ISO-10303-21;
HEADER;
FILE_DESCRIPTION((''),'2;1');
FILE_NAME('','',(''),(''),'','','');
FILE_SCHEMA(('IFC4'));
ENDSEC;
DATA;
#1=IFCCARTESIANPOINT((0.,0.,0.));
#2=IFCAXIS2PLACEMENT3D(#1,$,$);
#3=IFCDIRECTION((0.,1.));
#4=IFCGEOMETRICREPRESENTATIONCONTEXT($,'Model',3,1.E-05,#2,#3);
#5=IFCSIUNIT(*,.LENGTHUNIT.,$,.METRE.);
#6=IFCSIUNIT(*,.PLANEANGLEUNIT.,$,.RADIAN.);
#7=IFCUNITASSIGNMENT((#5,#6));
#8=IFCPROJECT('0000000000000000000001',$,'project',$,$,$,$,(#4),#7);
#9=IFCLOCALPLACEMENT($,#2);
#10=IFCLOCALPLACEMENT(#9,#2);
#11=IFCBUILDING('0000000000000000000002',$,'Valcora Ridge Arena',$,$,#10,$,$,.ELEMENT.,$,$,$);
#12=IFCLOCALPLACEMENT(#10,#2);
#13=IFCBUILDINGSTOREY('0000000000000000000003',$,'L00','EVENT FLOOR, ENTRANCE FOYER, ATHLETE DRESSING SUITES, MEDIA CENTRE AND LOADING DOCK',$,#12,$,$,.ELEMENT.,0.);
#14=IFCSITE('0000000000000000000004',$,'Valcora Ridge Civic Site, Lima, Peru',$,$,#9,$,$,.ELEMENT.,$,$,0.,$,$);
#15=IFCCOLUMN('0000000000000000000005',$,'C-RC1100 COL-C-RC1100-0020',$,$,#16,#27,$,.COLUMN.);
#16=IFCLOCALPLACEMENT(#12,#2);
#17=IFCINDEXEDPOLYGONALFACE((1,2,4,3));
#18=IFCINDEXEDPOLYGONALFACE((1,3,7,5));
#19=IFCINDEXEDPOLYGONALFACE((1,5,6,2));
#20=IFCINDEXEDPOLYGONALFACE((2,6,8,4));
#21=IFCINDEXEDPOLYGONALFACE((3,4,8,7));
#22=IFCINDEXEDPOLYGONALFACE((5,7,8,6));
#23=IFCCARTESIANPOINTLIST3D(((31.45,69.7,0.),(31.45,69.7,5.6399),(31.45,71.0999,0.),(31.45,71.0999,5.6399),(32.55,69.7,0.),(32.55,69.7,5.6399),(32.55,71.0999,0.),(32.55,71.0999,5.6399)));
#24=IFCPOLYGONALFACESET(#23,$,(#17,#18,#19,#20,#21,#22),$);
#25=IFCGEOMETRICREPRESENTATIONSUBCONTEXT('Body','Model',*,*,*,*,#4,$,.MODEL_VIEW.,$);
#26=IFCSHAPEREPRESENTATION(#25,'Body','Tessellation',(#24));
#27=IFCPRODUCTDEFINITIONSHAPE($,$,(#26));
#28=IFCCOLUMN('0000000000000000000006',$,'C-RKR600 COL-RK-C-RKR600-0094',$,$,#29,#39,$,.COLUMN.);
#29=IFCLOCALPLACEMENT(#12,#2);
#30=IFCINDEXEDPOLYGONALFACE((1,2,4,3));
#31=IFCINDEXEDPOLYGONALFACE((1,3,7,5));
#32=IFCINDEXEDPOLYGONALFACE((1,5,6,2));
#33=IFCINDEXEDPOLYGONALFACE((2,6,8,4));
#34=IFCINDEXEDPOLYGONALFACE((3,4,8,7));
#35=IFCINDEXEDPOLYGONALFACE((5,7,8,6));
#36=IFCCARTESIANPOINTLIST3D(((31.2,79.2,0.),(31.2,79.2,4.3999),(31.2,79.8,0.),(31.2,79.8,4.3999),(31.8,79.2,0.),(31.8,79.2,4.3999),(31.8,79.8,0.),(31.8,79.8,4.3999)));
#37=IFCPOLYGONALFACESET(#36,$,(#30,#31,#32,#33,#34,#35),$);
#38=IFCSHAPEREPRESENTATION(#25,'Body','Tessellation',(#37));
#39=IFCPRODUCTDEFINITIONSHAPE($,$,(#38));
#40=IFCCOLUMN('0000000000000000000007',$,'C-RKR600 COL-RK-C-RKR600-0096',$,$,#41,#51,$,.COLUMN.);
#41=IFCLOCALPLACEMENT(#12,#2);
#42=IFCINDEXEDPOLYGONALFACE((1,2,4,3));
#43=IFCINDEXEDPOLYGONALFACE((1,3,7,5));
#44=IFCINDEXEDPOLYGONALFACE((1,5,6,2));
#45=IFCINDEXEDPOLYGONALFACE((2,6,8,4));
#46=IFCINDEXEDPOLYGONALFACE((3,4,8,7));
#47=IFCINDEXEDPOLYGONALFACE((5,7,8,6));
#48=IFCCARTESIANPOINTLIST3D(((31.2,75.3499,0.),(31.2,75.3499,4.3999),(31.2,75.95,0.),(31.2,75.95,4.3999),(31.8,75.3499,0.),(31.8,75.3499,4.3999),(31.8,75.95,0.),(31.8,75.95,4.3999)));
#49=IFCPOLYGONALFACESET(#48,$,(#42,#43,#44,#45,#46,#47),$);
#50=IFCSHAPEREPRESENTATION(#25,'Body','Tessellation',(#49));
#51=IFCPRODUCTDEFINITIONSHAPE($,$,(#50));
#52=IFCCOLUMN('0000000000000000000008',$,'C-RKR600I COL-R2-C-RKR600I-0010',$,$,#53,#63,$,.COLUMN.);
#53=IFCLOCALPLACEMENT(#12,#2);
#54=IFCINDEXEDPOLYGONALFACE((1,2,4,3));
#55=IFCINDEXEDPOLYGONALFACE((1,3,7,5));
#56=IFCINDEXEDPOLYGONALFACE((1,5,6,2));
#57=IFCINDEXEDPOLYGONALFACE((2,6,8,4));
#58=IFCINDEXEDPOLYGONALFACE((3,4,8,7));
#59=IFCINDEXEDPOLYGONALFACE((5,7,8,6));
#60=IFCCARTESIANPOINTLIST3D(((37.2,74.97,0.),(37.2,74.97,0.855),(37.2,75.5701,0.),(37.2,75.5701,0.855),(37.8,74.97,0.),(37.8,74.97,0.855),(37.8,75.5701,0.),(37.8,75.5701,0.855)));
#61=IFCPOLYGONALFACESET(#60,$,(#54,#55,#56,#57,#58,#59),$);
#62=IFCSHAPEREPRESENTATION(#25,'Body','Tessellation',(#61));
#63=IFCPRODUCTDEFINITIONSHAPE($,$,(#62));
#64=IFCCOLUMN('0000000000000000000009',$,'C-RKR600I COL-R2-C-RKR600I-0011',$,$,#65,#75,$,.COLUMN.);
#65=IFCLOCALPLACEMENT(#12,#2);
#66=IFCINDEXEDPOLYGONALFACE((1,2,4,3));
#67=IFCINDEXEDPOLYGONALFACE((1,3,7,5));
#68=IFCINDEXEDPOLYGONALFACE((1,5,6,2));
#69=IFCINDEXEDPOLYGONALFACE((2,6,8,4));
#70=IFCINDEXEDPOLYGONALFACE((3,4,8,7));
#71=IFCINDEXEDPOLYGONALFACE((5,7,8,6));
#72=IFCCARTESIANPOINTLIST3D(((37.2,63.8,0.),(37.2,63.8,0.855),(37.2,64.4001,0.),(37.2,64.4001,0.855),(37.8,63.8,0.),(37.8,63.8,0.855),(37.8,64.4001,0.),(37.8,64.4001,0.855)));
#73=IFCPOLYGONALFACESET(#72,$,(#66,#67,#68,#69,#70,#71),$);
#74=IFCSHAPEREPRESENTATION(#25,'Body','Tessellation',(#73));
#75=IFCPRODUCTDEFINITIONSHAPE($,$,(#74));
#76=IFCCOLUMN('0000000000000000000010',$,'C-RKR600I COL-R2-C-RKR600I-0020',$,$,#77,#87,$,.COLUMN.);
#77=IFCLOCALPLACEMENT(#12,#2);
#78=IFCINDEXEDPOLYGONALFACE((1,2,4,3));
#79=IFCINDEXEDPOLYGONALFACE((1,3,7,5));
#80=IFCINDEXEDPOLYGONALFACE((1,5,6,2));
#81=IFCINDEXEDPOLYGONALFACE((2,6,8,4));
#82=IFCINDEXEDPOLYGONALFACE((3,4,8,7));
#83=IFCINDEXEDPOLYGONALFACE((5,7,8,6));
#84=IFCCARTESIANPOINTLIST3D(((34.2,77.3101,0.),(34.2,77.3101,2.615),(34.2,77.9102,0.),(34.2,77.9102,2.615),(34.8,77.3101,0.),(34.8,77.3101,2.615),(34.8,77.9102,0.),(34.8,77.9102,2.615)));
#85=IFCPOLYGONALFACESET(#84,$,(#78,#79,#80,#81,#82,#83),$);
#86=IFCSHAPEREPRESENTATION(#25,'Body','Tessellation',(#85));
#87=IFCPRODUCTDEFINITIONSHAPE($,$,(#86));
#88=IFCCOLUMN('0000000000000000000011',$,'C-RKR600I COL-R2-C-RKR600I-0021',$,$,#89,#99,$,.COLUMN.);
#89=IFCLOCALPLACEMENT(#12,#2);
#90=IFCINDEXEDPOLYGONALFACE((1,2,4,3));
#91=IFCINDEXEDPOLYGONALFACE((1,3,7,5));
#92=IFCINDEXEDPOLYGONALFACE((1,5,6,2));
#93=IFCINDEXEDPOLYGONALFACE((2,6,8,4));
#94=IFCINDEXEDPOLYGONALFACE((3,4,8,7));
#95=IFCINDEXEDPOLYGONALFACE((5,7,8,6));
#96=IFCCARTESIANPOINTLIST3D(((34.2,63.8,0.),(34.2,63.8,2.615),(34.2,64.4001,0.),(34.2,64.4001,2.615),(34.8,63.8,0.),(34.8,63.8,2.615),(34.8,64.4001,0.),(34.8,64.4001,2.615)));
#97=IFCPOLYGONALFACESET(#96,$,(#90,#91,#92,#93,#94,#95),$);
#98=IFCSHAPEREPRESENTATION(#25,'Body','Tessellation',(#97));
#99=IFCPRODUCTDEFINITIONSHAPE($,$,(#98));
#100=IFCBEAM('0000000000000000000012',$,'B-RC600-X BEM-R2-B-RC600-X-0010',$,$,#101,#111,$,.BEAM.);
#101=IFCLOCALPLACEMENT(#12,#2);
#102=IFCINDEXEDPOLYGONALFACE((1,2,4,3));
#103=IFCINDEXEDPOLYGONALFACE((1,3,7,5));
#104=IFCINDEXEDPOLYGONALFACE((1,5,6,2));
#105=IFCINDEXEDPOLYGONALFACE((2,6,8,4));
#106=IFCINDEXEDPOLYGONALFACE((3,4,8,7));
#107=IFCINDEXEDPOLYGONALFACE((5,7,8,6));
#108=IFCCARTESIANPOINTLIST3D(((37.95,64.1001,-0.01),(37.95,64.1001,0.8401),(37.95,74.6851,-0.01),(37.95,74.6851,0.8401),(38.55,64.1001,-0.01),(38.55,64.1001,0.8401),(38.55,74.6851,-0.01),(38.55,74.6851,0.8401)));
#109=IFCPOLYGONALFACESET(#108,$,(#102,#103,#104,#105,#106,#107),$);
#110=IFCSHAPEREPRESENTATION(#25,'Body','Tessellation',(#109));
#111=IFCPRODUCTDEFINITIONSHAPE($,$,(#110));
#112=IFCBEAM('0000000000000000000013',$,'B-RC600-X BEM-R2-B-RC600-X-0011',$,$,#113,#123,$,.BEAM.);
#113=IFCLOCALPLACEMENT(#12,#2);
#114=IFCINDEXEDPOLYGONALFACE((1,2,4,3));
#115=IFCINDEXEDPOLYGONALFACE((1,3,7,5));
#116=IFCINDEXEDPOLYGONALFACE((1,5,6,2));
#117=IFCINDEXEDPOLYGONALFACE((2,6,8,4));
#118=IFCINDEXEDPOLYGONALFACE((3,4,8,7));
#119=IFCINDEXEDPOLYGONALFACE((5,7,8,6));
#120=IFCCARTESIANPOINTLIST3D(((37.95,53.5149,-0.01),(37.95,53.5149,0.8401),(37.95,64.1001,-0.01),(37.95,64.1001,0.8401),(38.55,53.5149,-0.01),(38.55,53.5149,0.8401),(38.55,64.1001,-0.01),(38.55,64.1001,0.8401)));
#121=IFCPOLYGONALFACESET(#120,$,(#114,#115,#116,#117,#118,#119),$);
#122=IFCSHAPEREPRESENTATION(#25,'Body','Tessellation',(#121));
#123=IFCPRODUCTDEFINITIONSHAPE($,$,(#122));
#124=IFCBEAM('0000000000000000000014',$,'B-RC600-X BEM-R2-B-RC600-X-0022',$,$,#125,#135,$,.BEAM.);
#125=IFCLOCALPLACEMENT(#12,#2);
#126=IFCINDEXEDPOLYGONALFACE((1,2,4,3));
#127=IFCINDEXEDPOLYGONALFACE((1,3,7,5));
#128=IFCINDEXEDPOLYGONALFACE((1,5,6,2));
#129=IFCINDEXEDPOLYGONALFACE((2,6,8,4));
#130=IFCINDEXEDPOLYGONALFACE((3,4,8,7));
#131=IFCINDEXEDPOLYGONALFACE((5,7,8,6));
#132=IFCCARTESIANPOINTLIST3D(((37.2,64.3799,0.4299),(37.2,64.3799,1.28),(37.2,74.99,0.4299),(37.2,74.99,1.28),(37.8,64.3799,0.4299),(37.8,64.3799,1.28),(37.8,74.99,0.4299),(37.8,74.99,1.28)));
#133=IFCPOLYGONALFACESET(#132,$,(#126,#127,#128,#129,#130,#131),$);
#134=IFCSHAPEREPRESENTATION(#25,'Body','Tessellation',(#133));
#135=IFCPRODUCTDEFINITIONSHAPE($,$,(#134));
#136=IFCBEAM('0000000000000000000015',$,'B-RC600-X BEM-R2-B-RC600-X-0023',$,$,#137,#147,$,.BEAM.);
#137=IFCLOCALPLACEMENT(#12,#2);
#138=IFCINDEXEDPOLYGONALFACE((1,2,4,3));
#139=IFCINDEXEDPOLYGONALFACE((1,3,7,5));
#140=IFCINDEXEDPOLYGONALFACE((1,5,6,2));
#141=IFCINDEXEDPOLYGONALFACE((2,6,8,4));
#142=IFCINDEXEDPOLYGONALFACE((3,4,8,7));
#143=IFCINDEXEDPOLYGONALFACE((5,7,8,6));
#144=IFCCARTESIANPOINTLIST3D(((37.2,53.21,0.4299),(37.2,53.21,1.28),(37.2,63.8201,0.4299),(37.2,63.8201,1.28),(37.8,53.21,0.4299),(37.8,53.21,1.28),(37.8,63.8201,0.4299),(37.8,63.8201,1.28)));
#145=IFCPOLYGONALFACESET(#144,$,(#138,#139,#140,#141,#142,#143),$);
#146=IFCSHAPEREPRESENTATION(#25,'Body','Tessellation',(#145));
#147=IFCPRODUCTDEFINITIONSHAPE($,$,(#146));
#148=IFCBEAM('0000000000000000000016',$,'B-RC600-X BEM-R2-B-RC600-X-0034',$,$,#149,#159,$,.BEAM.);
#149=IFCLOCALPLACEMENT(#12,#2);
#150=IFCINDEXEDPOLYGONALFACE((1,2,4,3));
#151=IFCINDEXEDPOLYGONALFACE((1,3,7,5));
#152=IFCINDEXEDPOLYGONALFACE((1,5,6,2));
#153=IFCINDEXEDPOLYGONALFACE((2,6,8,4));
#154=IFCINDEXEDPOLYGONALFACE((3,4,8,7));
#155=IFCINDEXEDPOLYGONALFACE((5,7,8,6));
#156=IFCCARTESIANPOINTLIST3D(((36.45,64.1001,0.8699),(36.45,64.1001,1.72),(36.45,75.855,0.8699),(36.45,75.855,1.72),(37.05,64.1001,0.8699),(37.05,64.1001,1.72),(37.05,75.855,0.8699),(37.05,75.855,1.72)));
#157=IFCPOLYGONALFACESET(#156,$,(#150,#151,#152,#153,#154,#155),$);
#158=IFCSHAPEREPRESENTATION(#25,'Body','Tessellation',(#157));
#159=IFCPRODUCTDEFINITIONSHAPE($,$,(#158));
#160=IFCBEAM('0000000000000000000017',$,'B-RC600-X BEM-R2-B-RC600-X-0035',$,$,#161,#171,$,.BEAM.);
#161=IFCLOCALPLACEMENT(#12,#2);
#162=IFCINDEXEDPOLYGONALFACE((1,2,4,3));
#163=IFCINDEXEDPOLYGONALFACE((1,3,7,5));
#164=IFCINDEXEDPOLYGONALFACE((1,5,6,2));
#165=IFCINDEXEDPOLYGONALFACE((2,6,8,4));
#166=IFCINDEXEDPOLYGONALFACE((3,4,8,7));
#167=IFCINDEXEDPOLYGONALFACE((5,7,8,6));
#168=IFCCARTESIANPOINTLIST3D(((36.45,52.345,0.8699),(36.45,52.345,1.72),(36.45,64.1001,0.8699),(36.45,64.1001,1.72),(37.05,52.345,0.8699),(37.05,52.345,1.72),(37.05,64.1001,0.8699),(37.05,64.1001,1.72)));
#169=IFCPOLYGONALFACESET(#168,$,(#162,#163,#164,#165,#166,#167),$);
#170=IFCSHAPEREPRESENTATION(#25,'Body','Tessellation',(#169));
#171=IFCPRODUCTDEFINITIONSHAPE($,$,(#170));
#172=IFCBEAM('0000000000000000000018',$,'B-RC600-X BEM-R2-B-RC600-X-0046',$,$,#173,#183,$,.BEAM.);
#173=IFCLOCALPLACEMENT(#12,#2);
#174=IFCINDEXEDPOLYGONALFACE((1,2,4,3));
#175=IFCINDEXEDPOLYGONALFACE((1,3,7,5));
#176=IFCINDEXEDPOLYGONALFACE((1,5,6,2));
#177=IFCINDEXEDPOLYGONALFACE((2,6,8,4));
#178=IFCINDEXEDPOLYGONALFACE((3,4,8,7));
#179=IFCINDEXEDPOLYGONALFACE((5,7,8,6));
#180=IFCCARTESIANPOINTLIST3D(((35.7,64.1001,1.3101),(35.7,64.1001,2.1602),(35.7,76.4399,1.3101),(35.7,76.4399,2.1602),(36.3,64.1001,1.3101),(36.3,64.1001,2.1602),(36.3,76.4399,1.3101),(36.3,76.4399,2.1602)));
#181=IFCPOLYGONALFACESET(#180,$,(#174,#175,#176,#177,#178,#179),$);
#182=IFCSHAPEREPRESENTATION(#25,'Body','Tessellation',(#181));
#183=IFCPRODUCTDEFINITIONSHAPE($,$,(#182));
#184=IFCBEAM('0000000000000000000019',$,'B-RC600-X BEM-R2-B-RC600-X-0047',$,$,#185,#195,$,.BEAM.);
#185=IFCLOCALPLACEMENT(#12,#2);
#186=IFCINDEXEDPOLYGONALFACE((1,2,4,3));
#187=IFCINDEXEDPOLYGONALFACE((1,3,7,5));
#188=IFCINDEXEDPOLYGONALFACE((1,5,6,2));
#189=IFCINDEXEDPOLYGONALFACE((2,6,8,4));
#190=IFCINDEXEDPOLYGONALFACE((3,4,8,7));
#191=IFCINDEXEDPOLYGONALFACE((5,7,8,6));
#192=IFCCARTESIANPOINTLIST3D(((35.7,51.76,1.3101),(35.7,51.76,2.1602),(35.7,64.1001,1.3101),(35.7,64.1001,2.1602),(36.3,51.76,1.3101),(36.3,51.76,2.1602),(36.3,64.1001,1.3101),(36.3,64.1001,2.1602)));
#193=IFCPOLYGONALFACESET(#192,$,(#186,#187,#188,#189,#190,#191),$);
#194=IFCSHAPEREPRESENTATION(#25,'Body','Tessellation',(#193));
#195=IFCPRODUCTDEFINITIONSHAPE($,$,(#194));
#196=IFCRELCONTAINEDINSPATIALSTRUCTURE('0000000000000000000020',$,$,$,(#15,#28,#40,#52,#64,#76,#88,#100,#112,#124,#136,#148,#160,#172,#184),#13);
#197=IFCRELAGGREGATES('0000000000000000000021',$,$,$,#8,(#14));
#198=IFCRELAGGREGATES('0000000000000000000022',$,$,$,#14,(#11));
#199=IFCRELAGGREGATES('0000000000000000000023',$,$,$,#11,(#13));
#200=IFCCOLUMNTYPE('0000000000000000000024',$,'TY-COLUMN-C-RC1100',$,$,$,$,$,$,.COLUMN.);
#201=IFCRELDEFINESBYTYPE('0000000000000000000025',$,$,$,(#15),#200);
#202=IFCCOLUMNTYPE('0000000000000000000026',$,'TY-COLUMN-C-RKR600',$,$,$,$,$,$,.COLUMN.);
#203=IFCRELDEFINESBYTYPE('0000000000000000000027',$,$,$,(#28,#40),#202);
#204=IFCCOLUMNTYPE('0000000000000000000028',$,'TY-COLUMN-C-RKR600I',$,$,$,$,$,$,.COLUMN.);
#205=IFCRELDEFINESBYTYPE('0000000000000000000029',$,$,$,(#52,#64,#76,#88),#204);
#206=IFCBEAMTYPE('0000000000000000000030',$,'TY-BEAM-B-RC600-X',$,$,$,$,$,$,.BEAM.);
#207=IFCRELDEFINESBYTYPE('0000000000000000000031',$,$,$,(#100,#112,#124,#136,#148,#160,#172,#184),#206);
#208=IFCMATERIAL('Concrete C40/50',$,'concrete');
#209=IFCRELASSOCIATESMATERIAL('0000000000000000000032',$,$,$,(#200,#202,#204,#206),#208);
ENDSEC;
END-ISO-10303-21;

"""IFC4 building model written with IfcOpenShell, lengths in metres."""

from ifc_helpers import new_model, si_unit, direction, frame, origin, origin_2d, place, context, subcontext, project, spatial, rectangle, extrude, material, material_profile, profile_set, type_object, element, save


model = new_model("IFC4")

# Units and contexts
model_context = context("Model", 3, precision=1e-05, world=origin(), true_north=direction((0.0, 1.0)))
body_context = subcontext(model_context, "Body", "Model", "MODEL_VIEW")
ifc_project = project(units=[si_unit("LENGTHUNIT", "METRE"), si_unit("PLANEANGLEUNIT", "RADIAN")], contexts=[model_context])

# Site, building, storey
site_placement = place(None, origin())
site = spatial("IfcSite", under=ifc_project, at=site_placement, Name="Valcora Ridge Civic Site, Lima, Peru", CompositionType="ELEMENT", RefElevation=0.0)
building_placement = place(site_placement, origin())
building = spatial("IfcBuilding", under=site, at=building_placement, Name="Valcora Ridge Arena", CompositionType="ELEMENT")
storey_placement = place(building_placement, origin())
storey = spatial("IfcBuildingStorey", under=building, at=storey_placement, Name="L00", Description="EVENT FLOOR, ENTRANCE FOYER, ATHLETE DRESSING SUITES, MEDIA CENTRE AND LOADING DOCK", CompositionType="ELEMENT", Elevation=0.0)

# Columns
ifc_material_1 = material(Name="Concrete C40/50", Category="concrete")
ifc_material_profile_1 = material_profile(ifc_material_1, rectangle(XDim=1.1001, YDim=1.3999, at=origin_2d()), Name="RC 1100x1400")
ifc_profile_set_1 = profile_set([ifc_material_profile_1], Name="Concrete C40/50")
column_type_1 = type_object("IfcColumnType", Name="TY-COLUMN-C-RC1100", PredefinedType="COLUMN", material=ifc_profile_set_1)
column_placement = place(storey_placement, frame((32.0, 70.3999, 0.0), z_axis=(0.0, 0.0, 1.0), x_axis=(1.0, 0.0, 0.0)))
element("IfcColumn", 1, at=column_placement, inside=storey, type_object=column_type_1, Name="C-RC1100 COL-C-RC1100-0020", PredefinedType="COLUMN", context=body_context, shape_type="SweptSolid", body=[
    extrude(rectangle(XDim=1.1001, YDim=1.3999, at=origin_2d()), origin(), (0.0, 0.0, 1.0), 5.6399),
])
ifc_material_profile_2 = material_profile(ifc_material_1, rectangle(XDim=0.6001, YDim=0.6001, at=origin_2d()), Name="RC 600x600")
ifc_profile_set_2 = profile_set([ifc_material_profile_2], Name="Concrete C40/50")
column_type_2 = type_object("IfcColumnType", Name="TY-COLUMN-C-RKR600", PredefinedType="COLUMN", material=ifc_profile_set_2)
for number, where, z_axis, x_axis, name in (
    (2, (31.5, 79.5, 0.0), (0.0, 0.0, 1.0), (1.0, 0.0, 0.0), "C-RKR600 COL-RK-C-RKR600-0094"),
    (3, (31.5, 75.6499, 0.0), (0.0, 0.0, 1.0), (1.0, 0.0, 0.0), "C-RKR600 COL-RK-C-RKR600-0096"),
):
    element("IfcColumn", number, at=place(storey_placement, frame(where, z_axis=z_axis, x_axis=x_axis)), inside=storey, type_object=column_type_2, Name=name, PredefinedType="COLUMN", context=body_context, shape_type="SweptSolid", body=[
        extrude(rectangle(XDim=0.6001, YDim=0.6001, at=origin_2d()), origin(), (0.0, 0.0, 1.0), 4.3999),
    ])
ifc_material_profile_3 = material_profile(ifc_material_1, rectangle(XDim=0.6001, YDim=0.6001, at=origin_2d()), Name="RC 600x600")
ifc_profile_set_3 = profile_set([ifc_material_profile_3], Name="Concrete C40/50")
column_type_3 = type_object("IfcColumnType", Name="TY-COLUMN-C-RKR600I", PredefinedType="COLUMN", material=ifc_profile_set_3)
for number, where, z_axis, x_axis, name in (
    (4, (37.5, 75.27, 0.0), (0.0, 0.0, 1.0), (1.0, 0.0, 0.0), "C-RKR600I COL-R2-C-RKR600I-0010"),
    (5, (37.5, 64.1001, 0.0), (0.0, 0.0, 1.0), (1.0, 0.0, 0.0), "C-RKR600I COL-R2-C-RKR600I-0011"),
):
    element("IfcColumn", number, at=place(storey_placement, frame(where, z_axis=z_axis, x_axis=x_axis)), inside=storey, type_object=column_type_3, Name=name, PredefinedType="COLUMN", context=body_context, shape_type="SweptSolid", body=[
        extrude(rectangle(XDim=0.6001, YDim=0.6001, at=origin_2d()), origin(), (0.0, 0.0, 1.0), 0.855),
    ])
for number, where, z_axis, x_axis, name in (
    (6, (34.5, 77.6101, 0.0), (0.0, 0.0, 1.0), (1.0, 0.0, 0.0), "C-RKR600I COL-R2-C-RKR600I-0020"),
    (7, (34.5, 64.1001, 0.0), (0.0, 0.0, 1.0), (1.0, 0.0, 0.0), "C-RKR600I COL-R2-C-RKR600I-0021"),
):
    element("IfcColumn", number, at=place(storey_placement, frame(where, z_axis=z_axis, x_axis=x_axis)), inside=storey, type_object=column_type_3, Name=name, PredefinedType="COLUMN", context=body_context, shape_type="SweptSolid", body=[
        extrude(rectangle(XDim=0.6001, YDim=0.6001, at=origin_2d()), origin(), (0.0, 0.0, 1.0), 2.615),
    ])

# Beams
ifc_material_profile_4 = material_profile(ifc_material_1, rectangle(XDim=0.6001, YDim=0.8501, at=origin_2d()), Name="RC 600x850")
ifc_profile_set_4 = profile_set([ifc_material_profile_4], Name="Concrete C40/50")
beam_type = type_object("IfcBeamType", Name="TY-BEAM-B-RC600-X", PredefinedType="BEAM", material=ifc_profile_set_4)
beam_1_placement = place(storey_placement, frame((38.25, 74.6851, 0.415), z_axis=(0.0, -1.0, 0.0), x_axis=(1.0, 0.0, 0.0)))
element("IfcBeam", 8, at=beam_1_placement, inside=storey, type_object=beam_type, Name="B-RC600-X BEM-R2-B-RC600-X-0010", PredefinedType="BEAM", context=body_context, shape_type="SweptSolid", body=[
    extrude(rectangle(XDim=0.6001, YDim=0.8501, at=origin_2d()), origin(), (0.0, 0.0, 1.0), 10.585),
])
beam_2_placement = place(storey_placement, frame((38.25, 64.1001, 0.415), z_axis=(0.0, -1.0, 0.0), x_axis=(1.0, 0.0, 0.0)))
element("IfcBeam", 9, at=beam_2_placement, inside=storey, type_object=beam_type, Name="B-RC600-X BEM-R2-B-RC600-X-0011", PredefinedType="BEAM", context=body_context, shape_type="SweptSolid", body=[
    extrude(rectangle(XDim=0.6001, YDim=0.8501, at=origin_2d()), origin(), (0.0, 0.0, 1.0), 10.5852),
])
for number, where, z_axis, x_axis, name in (
    (10, (37.5, 74.99, 0.855), (0.0, -1.0, 0.0), (1.0, 0.0, 0.0), "B-RC600-X BEM-R2-B-RC600-X-0022"),
    (11, (37.5, 63.8201, 0.855), (0.0, -1.0, 0.0), (1.0, 0.0, 0.0), "B-RC600-X BEM-R2-B-RC600-X-0023"),
):
    element("IfcBeam", number, at=place(storey_placement, frame(where, z_axis=z_axis, x_axis=x_axis)), inside=storey, type_object=beam_type, Name=name, PredefinedType="BEAM", context=body_context, shape_type="SweptSolid", body=[
        extrude(rectangle(XDim=0.6001, YDim=0.8501, at=origin_2d()), origin(), (0.0, 0.0, 1.0), 10.6101),
    ])
beam_3_placement = place(storey_placement, frame((36.75, 75.855, 1.2949), z_axis=(0.0, -1.0, 0.0), x_axis=(1.0, 0.0, 0.0)))
element("IfcBeam", 12, at=beam_3_placement, inside=storey, type_object=beam_type, Name="B-RC600-X BEM-R2-B-RC600-X-0034", PredefinedType="BEAM", context=body_context, shape_type="SweptSolid", body=[
    extrude(rectangle(XDim=0.6001, YDim=0.8501, at=origin_2d()), origin(), (0.0, 0.0, 1.0), 11.7549),
])
beam_4_placement = place(storey_placement, frame((36.75, 64.1001, 1.2949), z_axis=(0.0, -1.0, 0.0), x_axis=(1.0, 0.0, 0.0)))
element("IfcBeam", 13, at=beam_4_placement, inside=storey, type_object=beam_type, Name="B-RC600-X BEM-R2-B-RC600-X-0035", PredefinedType="BEAM", context=body_context, shape_type="SweptSolid", body=[
    extrude(rectangle(XDim=0.6001, YDim=0.8501, at=origin_2d()), origin(), (0.0, 0.0, 1.0), 11.7551),
])
beam_5_placement = place(storey_placement, frame((36.0, 76.4399, 1.7351), z_axis=(0.0, -1.0, 0.0), x_axis=(1.0, 0.0, 0.0)))
element("IfcBeam", 14, at=beam_5_placement, inside=storey, type_object=beam_type, Name="B-RC600-X BEM-R2-B-RC600-X-0046", PredefinedType="BEAM", context=body_context, shape_type="SweptSolid", body=[
    extrude(rectangle(XDim=0.6001, YDim=0.8501, at=origin_2d()), origin(), (0.0, 0.0, 1.0), 12.3398),
])
beam_6_placement = place(storey_placement, frame((36.0, 64.1001, 1.7351), z_axis=(0.0, -1.0, 0.0), x_axis=(1.0, 0.0, 0.0)))
element("IfcBeam", 15, at=beam_6_placement, inside=storey, type_object=beam_type, Name="B-RC600-X BEM-R2-B-RC600-X-0047", PredefinedType="BEAM", context=body_context, shape_type="SweptSolid", body=[
    extrude(rectangle(XDim=0.6001, YDim=0.8501, at=origin_2d()), origin(), (0.0, 0.0, 1.0), 12.3401),
])

save(model, "model.ifc")
